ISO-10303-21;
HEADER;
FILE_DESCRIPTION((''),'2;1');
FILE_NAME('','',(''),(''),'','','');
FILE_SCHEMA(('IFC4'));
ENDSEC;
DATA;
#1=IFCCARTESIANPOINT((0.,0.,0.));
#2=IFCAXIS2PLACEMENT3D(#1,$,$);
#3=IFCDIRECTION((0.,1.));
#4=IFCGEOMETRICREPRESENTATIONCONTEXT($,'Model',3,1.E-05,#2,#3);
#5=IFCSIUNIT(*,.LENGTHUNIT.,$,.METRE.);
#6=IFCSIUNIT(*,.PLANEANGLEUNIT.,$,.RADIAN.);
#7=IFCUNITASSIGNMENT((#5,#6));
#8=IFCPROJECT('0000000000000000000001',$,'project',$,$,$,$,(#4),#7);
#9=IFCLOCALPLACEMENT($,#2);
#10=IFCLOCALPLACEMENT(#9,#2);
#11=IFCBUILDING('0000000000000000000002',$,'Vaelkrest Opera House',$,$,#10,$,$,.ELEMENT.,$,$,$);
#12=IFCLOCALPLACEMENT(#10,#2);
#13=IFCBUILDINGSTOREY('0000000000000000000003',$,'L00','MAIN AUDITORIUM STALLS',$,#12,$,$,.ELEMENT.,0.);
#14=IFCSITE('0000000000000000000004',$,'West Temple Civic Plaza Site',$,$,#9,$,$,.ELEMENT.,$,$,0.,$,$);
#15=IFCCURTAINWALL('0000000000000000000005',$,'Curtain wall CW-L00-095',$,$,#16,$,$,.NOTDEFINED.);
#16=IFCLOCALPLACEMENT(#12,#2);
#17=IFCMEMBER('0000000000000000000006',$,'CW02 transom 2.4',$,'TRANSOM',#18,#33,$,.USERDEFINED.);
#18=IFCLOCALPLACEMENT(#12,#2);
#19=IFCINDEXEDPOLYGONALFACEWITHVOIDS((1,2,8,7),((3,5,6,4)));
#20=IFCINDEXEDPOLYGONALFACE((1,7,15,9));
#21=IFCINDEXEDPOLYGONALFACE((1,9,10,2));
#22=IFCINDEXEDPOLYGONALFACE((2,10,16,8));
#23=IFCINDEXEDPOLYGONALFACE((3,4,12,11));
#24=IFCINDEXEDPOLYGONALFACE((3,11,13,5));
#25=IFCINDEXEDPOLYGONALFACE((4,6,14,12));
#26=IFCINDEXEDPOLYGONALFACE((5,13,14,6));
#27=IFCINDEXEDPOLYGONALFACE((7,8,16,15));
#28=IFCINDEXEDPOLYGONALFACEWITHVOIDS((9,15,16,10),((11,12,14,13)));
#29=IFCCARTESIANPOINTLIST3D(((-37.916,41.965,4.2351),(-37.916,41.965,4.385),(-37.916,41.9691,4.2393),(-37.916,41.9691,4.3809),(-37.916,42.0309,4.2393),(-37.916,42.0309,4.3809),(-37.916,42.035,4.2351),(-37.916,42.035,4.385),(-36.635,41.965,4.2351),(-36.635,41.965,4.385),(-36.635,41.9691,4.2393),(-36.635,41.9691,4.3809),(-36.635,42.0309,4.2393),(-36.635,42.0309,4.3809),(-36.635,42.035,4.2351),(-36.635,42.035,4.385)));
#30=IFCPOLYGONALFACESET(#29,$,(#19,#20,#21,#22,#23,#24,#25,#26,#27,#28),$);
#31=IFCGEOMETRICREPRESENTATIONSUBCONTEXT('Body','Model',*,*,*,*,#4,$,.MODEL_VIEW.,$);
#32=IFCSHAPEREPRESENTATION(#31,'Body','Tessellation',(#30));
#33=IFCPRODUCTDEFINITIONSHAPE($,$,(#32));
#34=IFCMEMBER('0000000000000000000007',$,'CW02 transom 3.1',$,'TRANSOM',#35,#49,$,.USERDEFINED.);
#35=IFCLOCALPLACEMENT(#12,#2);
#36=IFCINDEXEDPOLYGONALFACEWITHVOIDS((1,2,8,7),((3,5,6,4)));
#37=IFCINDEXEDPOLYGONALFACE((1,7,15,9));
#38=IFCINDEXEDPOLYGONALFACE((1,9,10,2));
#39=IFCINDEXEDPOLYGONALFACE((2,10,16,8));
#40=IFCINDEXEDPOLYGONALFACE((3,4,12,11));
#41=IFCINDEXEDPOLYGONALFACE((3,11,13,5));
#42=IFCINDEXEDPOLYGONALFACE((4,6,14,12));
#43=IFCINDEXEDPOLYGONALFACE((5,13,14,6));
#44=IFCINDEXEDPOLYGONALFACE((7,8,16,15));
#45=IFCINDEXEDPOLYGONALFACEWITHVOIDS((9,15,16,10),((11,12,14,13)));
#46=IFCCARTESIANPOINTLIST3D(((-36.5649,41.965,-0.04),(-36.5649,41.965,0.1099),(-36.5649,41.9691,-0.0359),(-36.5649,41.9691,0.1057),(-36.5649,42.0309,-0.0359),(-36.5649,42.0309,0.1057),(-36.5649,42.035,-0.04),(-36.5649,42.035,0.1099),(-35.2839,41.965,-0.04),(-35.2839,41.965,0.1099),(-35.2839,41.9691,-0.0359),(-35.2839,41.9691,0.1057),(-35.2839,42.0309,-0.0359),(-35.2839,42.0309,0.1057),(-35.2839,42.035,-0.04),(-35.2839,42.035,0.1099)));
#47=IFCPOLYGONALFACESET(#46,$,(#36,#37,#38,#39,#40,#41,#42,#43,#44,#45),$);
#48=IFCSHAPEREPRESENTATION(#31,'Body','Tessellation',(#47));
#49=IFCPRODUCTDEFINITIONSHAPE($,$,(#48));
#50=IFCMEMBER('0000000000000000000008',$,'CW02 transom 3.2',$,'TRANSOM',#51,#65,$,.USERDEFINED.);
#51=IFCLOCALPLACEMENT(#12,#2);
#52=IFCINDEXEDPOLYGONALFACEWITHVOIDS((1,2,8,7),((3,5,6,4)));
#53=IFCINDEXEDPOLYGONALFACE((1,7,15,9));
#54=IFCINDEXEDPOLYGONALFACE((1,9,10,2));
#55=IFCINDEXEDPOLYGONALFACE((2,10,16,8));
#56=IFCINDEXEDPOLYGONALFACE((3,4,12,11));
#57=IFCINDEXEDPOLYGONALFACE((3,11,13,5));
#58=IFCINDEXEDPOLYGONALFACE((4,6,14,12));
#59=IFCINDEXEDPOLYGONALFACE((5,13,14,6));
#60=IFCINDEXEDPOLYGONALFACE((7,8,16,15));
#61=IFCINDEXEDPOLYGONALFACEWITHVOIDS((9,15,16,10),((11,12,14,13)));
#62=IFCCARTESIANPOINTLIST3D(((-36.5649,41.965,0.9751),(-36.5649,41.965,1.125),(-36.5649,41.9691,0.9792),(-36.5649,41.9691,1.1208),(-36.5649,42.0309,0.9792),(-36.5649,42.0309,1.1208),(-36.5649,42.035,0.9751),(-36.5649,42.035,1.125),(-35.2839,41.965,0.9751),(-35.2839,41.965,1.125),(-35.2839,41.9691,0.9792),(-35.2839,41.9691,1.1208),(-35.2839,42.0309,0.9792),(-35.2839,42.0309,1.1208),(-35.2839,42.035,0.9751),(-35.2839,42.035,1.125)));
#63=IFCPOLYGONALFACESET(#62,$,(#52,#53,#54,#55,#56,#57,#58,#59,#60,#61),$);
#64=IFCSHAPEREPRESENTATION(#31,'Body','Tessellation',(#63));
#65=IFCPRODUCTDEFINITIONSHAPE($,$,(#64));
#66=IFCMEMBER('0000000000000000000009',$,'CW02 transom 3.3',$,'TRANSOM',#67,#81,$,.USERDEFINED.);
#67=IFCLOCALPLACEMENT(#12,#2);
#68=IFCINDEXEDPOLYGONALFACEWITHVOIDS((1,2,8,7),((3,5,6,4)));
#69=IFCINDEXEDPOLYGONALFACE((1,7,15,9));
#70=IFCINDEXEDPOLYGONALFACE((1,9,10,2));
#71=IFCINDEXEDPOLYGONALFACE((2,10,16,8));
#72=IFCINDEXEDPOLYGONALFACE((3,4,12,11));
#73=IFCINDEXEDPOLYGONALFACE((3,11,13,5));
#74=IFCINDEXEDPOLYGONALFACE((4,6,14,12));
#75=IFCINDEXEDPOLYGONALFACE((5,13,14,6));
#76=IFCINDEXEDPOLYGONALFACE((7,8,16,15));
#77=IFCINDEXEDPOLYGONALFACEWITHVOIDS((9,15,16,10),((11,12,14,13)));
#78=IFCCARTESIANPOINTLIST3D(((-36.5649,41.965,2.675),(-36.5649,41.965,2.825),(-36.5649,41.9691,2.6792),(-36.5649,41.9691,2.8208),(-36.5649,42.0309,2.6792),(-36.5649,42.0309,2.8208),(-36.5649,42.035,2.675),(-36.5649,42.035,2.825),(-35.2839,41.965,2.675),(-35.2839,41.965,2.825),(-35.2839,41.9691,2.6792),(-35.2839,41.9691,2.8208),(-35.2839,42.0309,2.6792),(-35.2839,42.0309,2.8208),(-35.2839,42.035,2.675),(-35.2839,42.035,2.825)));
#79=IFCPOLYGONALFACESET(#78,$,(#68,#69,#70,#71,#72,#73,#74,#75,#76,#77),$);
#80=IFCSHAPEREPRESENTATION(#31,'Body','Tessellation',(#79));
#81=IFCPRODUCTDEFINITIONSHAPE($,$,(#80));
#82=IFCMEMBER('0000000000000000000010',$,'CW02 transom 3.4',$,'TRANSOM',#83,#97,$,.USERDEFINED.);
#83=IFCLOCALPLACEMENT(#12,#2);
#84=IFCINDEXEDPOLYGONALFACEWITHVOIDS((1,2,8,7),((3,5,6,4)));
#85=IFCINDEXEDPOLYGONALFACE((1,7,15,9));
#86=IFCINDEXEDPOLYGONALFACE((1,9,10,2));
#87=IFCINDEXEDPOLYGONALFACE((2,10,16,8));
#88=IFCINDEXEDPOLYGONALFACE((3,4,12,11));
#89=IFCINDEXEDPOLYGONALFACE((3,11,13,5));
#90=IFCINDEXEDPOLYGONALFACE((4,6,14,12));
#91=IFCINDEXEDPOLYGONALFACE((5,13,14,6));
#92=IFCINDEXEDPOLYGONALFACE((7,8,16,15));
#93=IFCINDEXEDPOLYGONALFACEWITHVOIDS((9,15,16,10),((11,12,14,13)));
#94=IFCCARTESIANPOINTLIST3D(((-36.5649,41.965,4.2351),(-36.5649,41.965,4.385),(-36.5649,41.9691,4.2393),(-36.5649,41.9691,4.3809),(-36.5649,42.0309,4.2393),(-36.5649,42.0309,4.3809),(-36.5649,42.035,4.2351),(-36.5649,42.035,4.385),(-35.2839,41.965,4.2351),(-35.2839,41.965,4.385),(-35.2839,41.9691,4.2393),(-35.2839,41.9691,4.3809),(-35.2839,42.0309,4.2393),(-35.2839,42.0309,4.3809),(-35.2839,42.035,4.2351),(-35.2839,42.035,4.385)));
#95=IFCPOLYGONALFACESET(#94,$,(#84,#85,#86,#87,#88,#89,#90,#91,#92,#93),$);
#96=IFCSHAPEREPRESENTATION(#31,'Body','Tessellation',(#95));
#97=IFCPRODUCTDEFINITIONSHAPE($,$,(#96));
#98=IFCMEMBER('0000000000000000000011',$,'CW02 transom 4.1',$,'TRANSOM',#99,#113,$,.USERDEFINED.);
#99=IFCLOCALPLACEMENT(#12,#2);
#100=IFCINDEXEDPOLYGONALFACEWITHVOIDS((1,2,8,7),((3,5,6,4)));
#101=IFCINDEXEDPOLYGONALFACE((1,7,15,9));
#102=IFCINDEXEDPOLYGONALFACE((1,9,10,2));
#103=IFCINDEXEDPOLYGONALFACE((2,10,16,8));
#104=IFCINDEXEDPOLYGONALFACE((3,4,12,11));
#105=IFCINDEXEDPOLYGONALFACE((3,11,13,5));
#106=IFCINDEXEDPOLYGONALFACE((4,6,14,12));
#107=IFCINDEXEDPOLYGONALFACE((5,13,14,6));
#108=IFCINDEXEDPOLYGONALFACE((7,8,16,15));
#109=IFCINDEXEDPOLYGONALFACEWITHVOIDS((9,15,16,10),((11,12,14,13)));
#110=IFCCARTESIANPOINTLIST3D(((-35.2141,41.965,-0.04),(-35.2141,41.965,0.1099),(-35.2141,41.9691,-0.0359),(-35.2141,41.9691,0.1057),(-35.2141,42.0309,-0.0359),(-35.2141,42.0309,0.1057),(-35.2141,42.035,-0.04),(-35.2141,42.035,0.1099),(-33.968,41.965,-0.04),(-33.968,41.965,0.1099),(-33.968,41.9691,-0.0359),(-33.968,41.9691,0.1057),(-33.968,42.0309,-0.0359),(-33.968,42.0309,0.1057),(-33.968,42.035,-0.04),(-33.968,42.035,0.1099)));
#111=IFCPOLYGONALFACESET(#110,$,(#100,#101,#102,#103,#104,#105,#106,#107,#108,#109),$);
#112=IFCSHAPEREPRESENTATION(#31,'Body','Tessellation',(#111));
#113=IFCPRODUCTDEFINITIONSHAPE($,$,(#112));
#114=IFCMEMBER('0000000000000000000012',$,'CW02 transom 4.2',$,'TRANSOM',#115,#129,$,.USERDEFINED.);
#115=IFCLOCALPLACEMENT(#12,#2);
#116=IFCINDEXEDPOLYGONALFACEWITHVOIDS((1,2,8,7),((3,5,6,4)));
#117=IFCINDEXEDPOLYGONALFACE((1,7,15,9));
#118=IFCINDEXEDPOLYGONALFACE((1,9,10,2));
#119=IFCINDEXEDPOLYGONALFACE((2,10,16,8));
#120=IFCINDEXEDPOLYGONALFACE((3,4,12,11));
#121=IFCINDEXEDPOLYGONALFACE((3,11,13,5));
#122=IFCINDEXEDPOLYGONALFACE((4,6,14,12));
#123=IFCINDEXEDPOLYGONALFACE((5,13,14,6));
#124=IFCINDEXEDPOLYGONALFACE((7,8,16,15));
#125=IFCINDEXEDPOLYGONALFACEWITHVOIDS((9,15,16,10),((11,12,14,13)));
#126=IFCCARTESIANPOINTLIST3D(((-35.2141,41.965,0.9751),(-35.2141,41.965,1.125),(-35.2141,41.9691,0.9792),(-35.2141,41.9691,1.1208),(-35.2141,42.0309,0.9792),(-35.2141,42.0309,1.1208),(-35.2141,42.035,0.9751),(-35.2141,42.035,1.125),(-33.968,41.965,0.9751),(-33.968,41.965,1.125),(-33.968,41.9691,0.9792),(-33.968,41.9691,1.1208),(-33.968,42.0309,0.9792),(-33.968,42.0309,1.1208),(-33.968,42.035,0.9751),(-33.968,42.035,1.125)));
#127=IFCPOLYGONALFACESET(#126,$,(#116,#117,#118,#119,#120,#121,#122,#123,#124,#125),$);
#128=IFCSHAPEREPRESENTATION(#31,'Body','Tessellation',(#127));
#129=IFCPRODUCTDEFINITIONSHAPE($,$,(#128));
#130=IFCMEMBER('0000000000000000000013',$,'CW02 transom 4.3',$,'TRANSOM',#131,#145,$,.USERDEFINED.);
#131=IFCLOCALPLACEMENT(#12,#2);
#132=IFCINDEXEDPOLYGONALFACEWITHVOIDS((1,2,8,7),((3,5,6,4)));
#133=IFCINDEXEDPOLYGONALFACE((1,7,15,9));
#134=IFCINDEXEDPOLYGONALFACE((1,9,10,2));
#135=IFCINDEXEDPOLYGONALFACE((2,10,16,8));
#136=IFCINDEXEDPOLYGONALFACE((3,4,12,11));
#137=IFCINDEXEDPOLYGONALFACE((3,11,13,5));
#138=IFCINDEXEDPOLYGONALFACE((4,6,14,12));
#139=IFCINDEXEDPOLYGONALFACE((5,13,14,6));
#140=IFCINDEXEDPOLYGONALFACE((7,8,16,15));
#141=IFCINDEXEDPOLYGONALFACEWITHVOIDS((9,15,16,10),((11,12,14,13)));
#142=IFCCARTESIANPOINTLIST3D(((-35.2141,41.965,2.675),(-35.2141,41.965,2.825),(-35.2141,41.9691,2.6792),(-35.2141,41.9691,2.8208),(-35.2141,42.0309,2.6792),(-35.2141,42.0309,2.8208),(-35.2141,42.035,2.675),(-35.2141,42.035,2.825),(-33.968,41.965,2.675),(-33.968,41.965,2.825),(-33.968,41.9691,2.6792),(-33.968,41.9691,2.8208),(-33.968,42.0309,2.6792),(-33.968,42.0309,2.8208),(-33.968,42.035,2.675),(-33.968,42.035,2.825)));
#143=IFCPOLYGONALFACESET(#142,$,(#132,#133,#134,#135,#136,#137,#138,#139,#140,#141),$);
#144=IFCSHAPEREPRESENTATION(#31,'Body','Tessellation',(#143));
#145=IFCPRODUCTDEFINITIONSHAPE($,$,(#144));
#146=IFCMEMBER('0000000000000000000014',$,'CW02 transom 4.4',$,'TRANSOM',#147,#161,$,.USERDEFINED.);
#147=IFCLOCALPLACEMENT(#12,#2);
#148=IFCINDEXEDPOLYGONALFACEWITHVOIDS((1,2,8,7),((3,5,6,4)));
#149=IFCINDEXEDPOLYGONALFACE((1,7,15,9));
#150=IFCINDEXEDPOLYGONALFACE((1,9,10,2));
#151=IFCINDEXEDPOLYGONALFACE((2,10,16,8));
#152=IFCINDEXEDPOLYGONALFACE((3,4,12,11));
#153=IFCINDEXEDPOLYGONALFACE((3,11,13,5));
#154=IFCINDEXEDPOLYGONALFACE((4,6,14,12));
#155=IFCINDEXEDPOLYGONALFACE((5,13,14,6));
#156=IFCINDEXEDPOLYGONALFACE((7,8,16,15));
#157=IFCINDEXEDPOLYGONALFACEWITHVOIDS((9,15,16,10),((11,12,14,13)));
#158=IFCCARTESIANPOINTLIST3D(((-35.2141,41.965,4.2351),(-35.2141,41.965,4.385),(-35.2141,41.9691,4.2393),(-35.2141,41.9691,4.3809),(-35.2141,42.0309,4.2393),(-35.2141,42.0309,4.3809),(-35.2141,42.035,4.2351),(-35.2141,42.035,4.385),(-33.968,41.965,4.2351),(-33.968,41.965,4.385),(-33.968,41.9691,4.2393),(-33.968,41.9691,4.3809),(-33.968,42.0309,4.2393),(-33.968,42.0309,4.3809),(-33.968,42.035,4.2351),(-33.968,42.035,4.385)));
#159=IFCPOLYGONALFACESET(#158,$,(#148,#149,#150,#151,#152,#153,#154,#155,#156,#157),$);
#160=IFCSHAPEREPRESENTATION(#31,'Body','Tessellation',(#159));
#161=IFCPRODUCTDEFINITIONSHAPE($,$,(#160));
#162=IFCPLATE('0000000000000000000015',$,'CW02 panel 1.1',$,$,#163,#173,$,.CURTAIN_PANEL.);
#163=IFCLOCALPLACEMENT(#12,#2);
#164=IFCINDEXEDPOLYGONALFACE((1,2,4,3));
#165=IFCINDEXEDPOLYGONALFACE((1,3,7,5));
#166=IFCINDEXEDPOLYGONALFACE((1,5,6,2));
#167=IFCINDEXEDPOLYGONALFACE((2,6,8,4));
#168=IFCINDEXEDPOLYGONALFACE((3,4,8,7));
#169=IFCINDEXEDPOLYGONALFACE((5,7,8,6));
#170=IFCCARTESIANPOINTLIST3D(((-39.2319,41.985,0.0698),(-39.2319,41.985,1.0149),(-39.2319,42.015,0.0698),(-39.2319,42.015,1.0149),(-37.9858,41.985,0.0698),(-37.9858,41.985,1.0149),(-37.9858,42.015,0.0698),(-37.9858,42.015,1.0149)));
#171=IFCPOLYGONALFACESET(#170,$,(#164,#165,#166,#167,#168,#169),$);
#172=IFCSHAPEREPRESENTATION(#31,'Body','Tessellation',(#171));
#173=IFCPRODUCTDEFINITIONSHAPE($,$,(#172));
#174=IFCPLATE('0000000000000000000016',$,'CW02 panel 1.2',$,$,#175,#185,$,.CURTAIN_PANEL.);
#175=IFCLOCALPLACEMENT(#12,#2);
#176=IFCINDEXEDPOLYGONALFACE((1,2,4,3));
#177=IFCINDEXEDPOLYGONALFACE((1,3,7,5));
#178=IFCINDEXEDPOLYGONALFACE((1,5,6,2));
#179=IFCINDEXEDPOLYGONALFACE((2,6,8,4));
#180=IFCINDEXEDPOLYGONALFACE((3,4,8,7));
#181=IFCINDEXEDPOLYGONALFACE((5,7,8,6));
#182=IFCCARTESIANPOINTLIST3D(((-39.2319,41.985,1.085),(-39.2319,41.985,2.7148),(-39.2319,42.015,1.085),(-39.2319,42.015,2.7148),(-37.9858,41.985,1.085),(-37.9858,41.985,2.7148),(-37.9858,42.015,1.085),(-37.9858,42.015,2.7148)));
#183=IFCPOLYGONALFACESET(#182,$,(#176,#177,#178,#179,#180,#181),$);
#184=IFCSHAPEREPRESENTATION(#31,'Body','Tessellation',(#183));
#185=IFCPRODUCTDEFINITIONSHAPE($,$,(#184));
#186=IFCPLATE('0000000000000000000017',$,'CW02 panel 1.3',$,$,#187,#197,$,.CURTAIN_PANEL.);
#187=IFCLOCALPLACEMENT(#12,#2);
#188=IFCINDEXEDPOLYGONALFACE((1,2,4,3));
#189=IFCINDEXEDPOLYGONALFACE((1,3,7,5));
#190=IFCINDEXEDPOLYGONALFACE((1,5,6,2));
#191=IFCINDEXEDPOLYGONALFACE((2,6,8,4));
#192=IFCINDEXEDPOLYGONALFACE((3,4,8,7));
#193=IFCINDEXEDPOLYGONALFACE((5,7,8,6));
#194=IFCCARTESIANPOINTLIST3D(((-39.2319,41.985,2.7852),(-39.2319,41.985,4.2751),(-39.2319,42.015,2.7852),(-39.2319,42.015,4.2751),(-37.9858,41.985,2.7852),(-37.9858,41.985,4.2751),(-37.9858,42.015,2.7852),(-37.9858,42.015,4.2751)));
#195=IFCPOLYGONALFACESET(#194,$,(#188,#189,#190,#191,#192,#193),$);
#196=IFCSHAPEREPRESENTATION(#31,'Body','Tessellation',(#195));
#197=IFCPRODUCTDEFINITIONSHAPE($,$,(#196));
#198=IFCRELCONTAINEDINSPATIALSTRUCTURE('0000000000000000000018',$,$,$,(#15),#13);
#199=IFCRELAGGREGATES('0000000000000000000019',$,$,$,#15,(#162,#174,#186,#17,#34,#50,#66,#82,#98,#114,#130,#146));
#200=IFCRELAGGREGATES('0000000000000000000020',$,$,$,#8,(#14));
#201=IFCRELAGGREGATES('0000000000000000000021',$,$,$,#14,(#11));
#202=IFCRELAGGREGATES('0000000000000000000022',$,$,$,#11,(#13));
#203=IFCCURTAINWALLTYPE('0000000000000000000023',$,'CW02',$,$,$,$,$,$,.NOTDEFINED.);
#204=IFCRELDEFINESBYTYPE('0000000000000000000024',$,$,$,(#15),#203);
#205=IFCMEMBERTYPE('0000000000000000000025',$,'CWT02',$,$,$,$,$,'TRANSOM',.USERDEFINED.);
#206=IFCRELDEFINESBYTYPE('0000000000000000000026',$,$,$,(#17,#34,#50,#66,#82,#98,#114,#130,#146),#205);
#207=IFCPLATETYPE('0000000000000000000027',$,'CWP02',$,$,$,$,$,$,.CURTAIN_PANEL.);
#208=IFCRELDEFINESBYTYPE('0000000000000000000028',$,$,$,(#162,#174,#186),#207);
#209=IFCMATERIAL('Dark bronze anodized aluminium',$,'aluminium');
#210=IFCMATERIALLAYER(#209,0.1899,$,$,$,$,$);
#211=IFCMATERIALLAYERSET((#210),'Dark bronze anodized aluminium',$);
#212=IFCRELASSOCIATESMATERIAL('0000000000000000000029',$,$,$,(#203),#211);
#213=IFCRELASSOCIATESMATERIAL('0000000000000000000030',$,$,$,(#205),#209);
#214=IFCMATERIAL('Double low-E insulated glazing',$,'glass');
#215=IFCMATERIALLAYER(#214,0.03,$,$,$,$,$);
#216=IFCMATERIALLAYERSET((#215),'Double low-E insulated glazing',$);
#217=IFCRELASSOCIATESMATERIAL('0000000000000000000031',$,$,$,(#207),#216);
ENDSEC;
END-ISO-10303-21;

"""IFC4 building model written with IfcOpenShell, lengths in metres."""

from ifc_helpers import new_model, si_unit, direction, frame, origin, origin_2d, place, context, subcontext, project, spatial, rectangle, hollow_rectangle, extrude, material, layer, layer_set, material_profile, profile_set, type_object, element, aggregate, save


model = new_model("IFC4")

# Units and contexts
model_context = context("Model", 3, precision=1e-05, world=origin(), true_north=direction((0.0, 1.0)))
body_context = subcontext(model_context, "Body", "Model", "MODEL_VIEW")
ifc_project = project(units=[si_unit("LENGTHUNIT", "METRE"), si_unit("PLANEANGLEUNIT", "RADIAN")], contexts=[model_context])

# Site, building, storey
site_placement = place(None, origin())
site = spatial("IfcSite", under=ifc_project, at=site_placement, Name="West Temple Civic Plaza Site", CompositionType="ELEMENT", RefElevation=0.0)
building_placement = place(site_placement, origin())
building = spatial("IfcBuilding", under=site, at=building_placement, Name="Vaelkrest Opera House", CompositionType="ELEMENT")
storey_placement = place(building_placement, origin())
storey = spatial("IfcBuildingStorey", under=building, at=storey_placement, Name="L00", Description="MAIN AUDITORIUM STALLS", CompositionType="ELEMENT", Elevation=0.0)

# Shared definitions
ifc_material_1 = material(Name="Dark bronze anodized aluminium", Category="aluminium")

# Curtain wall, members, plates
ifc_layer_1 = layer(ifc_material_1, 0.1899)
ifc_layer_set_1 = layer_set([ifc_layer_1], Name="Dark bronze anodized aluminium")
curtain_wall_type_1 = type_object("IfcCurtainWallType", Name="CW02", PredefinedType="NOTDEFINED", material=ifc_layer_set_1)
curtain_wall_1_placement = place(storey_placement, origin())
curtain_wall_1 = element("IfcCurtainWall", 1, at=curtain_wall_1_placement, inside=storey, type_object=curtain_wall_type_1, Name="Curtain wall CW-L00-095", PredefinedType="NOTDEFINED")
ifc_material_profile_1 = material_profile(ifc_material_1, hollow_rectangle(XDim=0.0701, YDim=0.1499, WallThickness=0.0042, at=origin_2d()), Name="CWT70X150")
ifc_profile_set_1 = profile_set([ifc_material_profile_1], Name="Dark bronze anodized aluminium")
member_type_1 = type_object("IfcMemberType", Name="CWT02", ElementType="TRANSOM", PredefinedType="USERDEFINED", material=ifc_profile_set_1)
member_1_placement = place(storey_placement, frame((-37.916, 42.0, 4.3101), z_axis=(1.0, 0.0, 0.0), x_axis=(0.0, 1.0, 0.0)))
member_1 = element("IfcMember", 2, at=member_1_placement, type_object=member_type_1, Name="CW02 transom 2.4", ObjectType="TRANSOM", PredefinedType="USERDEFINED", context=body_context, shape_type="SweptSolid", body=[
    extrude(hollow_rectangle(XDim=0.0701, YDim=0.1499, WallThickness=0.0042, at=origin_2d()), origin(), (0.0, 0.0, 1.0), 1.281),
])
member_2_placement = place(storey_placement, frame((-36.5649, 42.0, 0.0349), z_axis=(1.0, 0.0, 0.0), x_axis=(0.0, 1.0, 0.0)))
member_2 = element("IfcMember", 3, at=member_2_placement, type_object=member_type_1, Name="CW02 transom 3.1", ObjectType="TRANSOM", PredefinedType="USERDEFINED", context=body_context, shape_type="SweptSolid", body=[
    extrude(hollow_rectangle(XDim=0.0701, YDim=0.1499, WallThickness=0.0042, at=origin_2d()), origin(), (0.0, 0.0, 1.0), 1.281),
])
member_3_placement = place(storey_placement, frame((-36.5649, 42.0, 1.05), z_axis=(1.0, 0.0, 0.0), x_axis=(0.0, 1.0, 0.0)))
member_3 = element("IfcMember", 4, at=member_3_placement, type_object=member_type_1, Name="CW02 transom 3.2", ObjectType="TRANSOM", PredefinedType="USERDEFINED", context=body_context, shape_type="SweptSolid", body=[
    extrude(hollow_rectangle(XDim=0.0701, YDim=0.1499, WallThickness=0.0042, at=origin_2d()), origin(), (0.0, 0.0, 1.0), 1.281),
])
member_4_placement = place(storey_placement, frame((-36.5649, 42.0, 2.75), z_axis=(1.0, 0.0, 0.0), x_axis=(0.0, 1.0, 0.0)))
member_4 = element("IfcMember", 5, at=member_4_placement, type_object=member_type_1, Name="CW02 transom 3.3", ObjectType="TRANSOM", PredefinedType="USERDEFINED", context=body_context, shape_type="SweptSolid", body=[
    extrude(hollow_rectangle(XDim=0.0701, YDim=0.1499, WallThickness=0.0042, at=origin_2d()), origin(), (0.0, 0.0, 1.0), 1.281),
])
member_5_placement = place(storey_placement, frame((-36.5649, 42.0, 4.3101), z_axis=(1.0, 0.0, 0.0), x_axis=(0.0, 1.0, 0.0)))
member_5 = element("IfcMember", 6, at=member_5_placement, type_object=member_type_1, Name="CW02 transom 3.4", ObjectType="TRANSOM", PredefinedType="USERDEFINED", context=body_context, shape_type="SweptSolid", body=[
    extrude(hollow_rectangle(XDim=0.0701, YDim=0.1499, WallThickness=0.0042, at=origin_2d()), origin(), (0.0, 0.0, 1.0), 1.281),
])
member_6_placement = place(storey_placement, frame((-35.2141, 42.0, 0.0349), z_axis=(1.0, 0.0, 0.0), x_axis=(0.0, 1.0, 0.0)))
member_6 = element("IfcMember", 7, at=member_6_placement, type_object=member_type_1, Name="CW02 transom 4.1", ObjectType="TRANSOM", PredefinedType="USERDEFINED", context=body_context, shape_type="SweptSolid", body=[
    extrude(hollow_rectangle(XDim=0.0701, YDim=0.1499, WallThickness=0.0042, at=origin_2d()), origin(), (0.0, 0.0, 1.0), 1.2461),
])
member_7_placement = place(storey_placement, frame((-35.2141, 42.0, 1.05), z_axis=(1.0, 0.0, 0.0), x_axis=(0.0, 1.0, 0.0)))
member_7 = element("IfcMember", 8, at=member_7_placement, type_object=member_type_1, Name="CW02 transom 4.2", ObjectType="TRANSOM", PredefinedType="USERDEFINED", context=body_context, shape_type="SweptSolid", body=[
    extrude(hollow_rectangle(XDim=0.0701, YDim=0.1499, WallThickness=0.0042, at=origin_2d()), origin(), (0.0, 0.0, 1.0), 1.2461),
])
member_8_placement = place(storey_placement, frame((-35.2141, 42.0, 2.75), z_axis=(1.0, 0.0, 0.0), x_axis=(0.0, 1.0, 0.0)))
member_8 = element("IfcMember", 9, at=member_8_placement, type_object=member_type_1, Name="CW02 transom 4.3", ObjectType="TRANSOM", PredefinedType="USERDEFINED", context=body_context, shape_type="SweptSolid", body=[
    extrude(hollow_rectangle(XDim=0.0701, YDim=0.1499, WallThickness=0.0042, at=origin_2d()), origin(), (0.0, 0.0, 1.0), 1.2461),
])
member_9_placement = place(storey_placement, frame((-35.2141, 42.0, 4.3101), z_axis=(1.0, 0.0, 0.0), x_axis=(0.0, 1.0, 0.0)))
member_9 = element("IfcMember", 10, at=member_9_placement, type_object=member_type_1, Name="CW02 transom 4.4", ObjectType="TRANSOM", PredefinedType="USERDEFINED", context=body_context, shape_type="SweptSolid", body=[
    extrude(hollow_rectangle(XDim=0.0701, YDim=0.1499, WallThickness=0.0042, at=origin_2d()), origin(), (0.0, 0.0, 1.0), 1.2461),
])
ifc_material_2 = material(Name="Double low-E insulated glazing", Category="glass")
ifc_layer_2 = layer(ifc_material_2, 0.03)
ifc_layer_set_2 = layer_set([ifc_layer_2], Name="Double low-E insulated glazing")
plate_type = type_object("IfcPlateType", Name="CWP02", PredefinedType="CURTAIN_PANEL", material=ifc_layer_set_2)
plate_1_placement = place(storey_placement, frame((-38.6089, 42.0, 0.0698), z_axis=(0.0, 0.0, 1.0), x_axis=(1.0, 0.0, 0.0)))
plate_1 = element("IfcPlate", 11, at=plate_1_placement, type_object=plate_type, Name="CW02 panel 1.1", PredefinedType="CURTAIN_PANEL", context=body_context, shape_type="SweptSolid", body=[
    extrude(rectangle(XDim=1.2461, YDim=0.03, at=origin_2d()), origin(), (0.0, 0.0, 1.0), 0.9451),
])
plate_2_placement = place(storey_placement, frame((-38.6089, 42.0, 1.085), z_axis=(0.0, 0.0, 1.0), x_axis=(1.0, 0.0, 0.0)))
plate_2 = element("IfcPlate", 12, at=plate_2_placement, type_object=plate_type, Name="CW02 panel 1.2", PredefinedType="CURTAIN_PANEL", context=body_context, shape_type="SweptSolid", body=[
    extrude(rectangle(XDim=1.2461, YDim=0.03, at=origin_2d()), origin(), (0.0, 0.0, 1.0), 1.6299),
])
plate_3_placement = place(storey_placement, frame((-38.6089, 42.0, 2.7852), z_axis=(0.0, 0.0, 1.0), x_axis=(1.0, 0.0, 0.0)))
plate_3 = element("IfcPlate", 13, at=plate_3_placement, type_object=plate_type, Name="CW02 panel 1.3", PredefinedType="CURTAIN_PANEL", context=body_context, shape_type="SweptSolid", body=[
    extrude(rectangle(XDim=1.2461, YDim=0.03, at=origin_2d()), origin(), (0.0, 0.0, 1.0), 1.49),
])
aggregate(curtain_wall_1, [plate_1, plate_2, plate_3, member_1, member_2, member_3, member_4, member_5, member_6, member_7, member_8, member_9])

save(model, "model.ifc")
